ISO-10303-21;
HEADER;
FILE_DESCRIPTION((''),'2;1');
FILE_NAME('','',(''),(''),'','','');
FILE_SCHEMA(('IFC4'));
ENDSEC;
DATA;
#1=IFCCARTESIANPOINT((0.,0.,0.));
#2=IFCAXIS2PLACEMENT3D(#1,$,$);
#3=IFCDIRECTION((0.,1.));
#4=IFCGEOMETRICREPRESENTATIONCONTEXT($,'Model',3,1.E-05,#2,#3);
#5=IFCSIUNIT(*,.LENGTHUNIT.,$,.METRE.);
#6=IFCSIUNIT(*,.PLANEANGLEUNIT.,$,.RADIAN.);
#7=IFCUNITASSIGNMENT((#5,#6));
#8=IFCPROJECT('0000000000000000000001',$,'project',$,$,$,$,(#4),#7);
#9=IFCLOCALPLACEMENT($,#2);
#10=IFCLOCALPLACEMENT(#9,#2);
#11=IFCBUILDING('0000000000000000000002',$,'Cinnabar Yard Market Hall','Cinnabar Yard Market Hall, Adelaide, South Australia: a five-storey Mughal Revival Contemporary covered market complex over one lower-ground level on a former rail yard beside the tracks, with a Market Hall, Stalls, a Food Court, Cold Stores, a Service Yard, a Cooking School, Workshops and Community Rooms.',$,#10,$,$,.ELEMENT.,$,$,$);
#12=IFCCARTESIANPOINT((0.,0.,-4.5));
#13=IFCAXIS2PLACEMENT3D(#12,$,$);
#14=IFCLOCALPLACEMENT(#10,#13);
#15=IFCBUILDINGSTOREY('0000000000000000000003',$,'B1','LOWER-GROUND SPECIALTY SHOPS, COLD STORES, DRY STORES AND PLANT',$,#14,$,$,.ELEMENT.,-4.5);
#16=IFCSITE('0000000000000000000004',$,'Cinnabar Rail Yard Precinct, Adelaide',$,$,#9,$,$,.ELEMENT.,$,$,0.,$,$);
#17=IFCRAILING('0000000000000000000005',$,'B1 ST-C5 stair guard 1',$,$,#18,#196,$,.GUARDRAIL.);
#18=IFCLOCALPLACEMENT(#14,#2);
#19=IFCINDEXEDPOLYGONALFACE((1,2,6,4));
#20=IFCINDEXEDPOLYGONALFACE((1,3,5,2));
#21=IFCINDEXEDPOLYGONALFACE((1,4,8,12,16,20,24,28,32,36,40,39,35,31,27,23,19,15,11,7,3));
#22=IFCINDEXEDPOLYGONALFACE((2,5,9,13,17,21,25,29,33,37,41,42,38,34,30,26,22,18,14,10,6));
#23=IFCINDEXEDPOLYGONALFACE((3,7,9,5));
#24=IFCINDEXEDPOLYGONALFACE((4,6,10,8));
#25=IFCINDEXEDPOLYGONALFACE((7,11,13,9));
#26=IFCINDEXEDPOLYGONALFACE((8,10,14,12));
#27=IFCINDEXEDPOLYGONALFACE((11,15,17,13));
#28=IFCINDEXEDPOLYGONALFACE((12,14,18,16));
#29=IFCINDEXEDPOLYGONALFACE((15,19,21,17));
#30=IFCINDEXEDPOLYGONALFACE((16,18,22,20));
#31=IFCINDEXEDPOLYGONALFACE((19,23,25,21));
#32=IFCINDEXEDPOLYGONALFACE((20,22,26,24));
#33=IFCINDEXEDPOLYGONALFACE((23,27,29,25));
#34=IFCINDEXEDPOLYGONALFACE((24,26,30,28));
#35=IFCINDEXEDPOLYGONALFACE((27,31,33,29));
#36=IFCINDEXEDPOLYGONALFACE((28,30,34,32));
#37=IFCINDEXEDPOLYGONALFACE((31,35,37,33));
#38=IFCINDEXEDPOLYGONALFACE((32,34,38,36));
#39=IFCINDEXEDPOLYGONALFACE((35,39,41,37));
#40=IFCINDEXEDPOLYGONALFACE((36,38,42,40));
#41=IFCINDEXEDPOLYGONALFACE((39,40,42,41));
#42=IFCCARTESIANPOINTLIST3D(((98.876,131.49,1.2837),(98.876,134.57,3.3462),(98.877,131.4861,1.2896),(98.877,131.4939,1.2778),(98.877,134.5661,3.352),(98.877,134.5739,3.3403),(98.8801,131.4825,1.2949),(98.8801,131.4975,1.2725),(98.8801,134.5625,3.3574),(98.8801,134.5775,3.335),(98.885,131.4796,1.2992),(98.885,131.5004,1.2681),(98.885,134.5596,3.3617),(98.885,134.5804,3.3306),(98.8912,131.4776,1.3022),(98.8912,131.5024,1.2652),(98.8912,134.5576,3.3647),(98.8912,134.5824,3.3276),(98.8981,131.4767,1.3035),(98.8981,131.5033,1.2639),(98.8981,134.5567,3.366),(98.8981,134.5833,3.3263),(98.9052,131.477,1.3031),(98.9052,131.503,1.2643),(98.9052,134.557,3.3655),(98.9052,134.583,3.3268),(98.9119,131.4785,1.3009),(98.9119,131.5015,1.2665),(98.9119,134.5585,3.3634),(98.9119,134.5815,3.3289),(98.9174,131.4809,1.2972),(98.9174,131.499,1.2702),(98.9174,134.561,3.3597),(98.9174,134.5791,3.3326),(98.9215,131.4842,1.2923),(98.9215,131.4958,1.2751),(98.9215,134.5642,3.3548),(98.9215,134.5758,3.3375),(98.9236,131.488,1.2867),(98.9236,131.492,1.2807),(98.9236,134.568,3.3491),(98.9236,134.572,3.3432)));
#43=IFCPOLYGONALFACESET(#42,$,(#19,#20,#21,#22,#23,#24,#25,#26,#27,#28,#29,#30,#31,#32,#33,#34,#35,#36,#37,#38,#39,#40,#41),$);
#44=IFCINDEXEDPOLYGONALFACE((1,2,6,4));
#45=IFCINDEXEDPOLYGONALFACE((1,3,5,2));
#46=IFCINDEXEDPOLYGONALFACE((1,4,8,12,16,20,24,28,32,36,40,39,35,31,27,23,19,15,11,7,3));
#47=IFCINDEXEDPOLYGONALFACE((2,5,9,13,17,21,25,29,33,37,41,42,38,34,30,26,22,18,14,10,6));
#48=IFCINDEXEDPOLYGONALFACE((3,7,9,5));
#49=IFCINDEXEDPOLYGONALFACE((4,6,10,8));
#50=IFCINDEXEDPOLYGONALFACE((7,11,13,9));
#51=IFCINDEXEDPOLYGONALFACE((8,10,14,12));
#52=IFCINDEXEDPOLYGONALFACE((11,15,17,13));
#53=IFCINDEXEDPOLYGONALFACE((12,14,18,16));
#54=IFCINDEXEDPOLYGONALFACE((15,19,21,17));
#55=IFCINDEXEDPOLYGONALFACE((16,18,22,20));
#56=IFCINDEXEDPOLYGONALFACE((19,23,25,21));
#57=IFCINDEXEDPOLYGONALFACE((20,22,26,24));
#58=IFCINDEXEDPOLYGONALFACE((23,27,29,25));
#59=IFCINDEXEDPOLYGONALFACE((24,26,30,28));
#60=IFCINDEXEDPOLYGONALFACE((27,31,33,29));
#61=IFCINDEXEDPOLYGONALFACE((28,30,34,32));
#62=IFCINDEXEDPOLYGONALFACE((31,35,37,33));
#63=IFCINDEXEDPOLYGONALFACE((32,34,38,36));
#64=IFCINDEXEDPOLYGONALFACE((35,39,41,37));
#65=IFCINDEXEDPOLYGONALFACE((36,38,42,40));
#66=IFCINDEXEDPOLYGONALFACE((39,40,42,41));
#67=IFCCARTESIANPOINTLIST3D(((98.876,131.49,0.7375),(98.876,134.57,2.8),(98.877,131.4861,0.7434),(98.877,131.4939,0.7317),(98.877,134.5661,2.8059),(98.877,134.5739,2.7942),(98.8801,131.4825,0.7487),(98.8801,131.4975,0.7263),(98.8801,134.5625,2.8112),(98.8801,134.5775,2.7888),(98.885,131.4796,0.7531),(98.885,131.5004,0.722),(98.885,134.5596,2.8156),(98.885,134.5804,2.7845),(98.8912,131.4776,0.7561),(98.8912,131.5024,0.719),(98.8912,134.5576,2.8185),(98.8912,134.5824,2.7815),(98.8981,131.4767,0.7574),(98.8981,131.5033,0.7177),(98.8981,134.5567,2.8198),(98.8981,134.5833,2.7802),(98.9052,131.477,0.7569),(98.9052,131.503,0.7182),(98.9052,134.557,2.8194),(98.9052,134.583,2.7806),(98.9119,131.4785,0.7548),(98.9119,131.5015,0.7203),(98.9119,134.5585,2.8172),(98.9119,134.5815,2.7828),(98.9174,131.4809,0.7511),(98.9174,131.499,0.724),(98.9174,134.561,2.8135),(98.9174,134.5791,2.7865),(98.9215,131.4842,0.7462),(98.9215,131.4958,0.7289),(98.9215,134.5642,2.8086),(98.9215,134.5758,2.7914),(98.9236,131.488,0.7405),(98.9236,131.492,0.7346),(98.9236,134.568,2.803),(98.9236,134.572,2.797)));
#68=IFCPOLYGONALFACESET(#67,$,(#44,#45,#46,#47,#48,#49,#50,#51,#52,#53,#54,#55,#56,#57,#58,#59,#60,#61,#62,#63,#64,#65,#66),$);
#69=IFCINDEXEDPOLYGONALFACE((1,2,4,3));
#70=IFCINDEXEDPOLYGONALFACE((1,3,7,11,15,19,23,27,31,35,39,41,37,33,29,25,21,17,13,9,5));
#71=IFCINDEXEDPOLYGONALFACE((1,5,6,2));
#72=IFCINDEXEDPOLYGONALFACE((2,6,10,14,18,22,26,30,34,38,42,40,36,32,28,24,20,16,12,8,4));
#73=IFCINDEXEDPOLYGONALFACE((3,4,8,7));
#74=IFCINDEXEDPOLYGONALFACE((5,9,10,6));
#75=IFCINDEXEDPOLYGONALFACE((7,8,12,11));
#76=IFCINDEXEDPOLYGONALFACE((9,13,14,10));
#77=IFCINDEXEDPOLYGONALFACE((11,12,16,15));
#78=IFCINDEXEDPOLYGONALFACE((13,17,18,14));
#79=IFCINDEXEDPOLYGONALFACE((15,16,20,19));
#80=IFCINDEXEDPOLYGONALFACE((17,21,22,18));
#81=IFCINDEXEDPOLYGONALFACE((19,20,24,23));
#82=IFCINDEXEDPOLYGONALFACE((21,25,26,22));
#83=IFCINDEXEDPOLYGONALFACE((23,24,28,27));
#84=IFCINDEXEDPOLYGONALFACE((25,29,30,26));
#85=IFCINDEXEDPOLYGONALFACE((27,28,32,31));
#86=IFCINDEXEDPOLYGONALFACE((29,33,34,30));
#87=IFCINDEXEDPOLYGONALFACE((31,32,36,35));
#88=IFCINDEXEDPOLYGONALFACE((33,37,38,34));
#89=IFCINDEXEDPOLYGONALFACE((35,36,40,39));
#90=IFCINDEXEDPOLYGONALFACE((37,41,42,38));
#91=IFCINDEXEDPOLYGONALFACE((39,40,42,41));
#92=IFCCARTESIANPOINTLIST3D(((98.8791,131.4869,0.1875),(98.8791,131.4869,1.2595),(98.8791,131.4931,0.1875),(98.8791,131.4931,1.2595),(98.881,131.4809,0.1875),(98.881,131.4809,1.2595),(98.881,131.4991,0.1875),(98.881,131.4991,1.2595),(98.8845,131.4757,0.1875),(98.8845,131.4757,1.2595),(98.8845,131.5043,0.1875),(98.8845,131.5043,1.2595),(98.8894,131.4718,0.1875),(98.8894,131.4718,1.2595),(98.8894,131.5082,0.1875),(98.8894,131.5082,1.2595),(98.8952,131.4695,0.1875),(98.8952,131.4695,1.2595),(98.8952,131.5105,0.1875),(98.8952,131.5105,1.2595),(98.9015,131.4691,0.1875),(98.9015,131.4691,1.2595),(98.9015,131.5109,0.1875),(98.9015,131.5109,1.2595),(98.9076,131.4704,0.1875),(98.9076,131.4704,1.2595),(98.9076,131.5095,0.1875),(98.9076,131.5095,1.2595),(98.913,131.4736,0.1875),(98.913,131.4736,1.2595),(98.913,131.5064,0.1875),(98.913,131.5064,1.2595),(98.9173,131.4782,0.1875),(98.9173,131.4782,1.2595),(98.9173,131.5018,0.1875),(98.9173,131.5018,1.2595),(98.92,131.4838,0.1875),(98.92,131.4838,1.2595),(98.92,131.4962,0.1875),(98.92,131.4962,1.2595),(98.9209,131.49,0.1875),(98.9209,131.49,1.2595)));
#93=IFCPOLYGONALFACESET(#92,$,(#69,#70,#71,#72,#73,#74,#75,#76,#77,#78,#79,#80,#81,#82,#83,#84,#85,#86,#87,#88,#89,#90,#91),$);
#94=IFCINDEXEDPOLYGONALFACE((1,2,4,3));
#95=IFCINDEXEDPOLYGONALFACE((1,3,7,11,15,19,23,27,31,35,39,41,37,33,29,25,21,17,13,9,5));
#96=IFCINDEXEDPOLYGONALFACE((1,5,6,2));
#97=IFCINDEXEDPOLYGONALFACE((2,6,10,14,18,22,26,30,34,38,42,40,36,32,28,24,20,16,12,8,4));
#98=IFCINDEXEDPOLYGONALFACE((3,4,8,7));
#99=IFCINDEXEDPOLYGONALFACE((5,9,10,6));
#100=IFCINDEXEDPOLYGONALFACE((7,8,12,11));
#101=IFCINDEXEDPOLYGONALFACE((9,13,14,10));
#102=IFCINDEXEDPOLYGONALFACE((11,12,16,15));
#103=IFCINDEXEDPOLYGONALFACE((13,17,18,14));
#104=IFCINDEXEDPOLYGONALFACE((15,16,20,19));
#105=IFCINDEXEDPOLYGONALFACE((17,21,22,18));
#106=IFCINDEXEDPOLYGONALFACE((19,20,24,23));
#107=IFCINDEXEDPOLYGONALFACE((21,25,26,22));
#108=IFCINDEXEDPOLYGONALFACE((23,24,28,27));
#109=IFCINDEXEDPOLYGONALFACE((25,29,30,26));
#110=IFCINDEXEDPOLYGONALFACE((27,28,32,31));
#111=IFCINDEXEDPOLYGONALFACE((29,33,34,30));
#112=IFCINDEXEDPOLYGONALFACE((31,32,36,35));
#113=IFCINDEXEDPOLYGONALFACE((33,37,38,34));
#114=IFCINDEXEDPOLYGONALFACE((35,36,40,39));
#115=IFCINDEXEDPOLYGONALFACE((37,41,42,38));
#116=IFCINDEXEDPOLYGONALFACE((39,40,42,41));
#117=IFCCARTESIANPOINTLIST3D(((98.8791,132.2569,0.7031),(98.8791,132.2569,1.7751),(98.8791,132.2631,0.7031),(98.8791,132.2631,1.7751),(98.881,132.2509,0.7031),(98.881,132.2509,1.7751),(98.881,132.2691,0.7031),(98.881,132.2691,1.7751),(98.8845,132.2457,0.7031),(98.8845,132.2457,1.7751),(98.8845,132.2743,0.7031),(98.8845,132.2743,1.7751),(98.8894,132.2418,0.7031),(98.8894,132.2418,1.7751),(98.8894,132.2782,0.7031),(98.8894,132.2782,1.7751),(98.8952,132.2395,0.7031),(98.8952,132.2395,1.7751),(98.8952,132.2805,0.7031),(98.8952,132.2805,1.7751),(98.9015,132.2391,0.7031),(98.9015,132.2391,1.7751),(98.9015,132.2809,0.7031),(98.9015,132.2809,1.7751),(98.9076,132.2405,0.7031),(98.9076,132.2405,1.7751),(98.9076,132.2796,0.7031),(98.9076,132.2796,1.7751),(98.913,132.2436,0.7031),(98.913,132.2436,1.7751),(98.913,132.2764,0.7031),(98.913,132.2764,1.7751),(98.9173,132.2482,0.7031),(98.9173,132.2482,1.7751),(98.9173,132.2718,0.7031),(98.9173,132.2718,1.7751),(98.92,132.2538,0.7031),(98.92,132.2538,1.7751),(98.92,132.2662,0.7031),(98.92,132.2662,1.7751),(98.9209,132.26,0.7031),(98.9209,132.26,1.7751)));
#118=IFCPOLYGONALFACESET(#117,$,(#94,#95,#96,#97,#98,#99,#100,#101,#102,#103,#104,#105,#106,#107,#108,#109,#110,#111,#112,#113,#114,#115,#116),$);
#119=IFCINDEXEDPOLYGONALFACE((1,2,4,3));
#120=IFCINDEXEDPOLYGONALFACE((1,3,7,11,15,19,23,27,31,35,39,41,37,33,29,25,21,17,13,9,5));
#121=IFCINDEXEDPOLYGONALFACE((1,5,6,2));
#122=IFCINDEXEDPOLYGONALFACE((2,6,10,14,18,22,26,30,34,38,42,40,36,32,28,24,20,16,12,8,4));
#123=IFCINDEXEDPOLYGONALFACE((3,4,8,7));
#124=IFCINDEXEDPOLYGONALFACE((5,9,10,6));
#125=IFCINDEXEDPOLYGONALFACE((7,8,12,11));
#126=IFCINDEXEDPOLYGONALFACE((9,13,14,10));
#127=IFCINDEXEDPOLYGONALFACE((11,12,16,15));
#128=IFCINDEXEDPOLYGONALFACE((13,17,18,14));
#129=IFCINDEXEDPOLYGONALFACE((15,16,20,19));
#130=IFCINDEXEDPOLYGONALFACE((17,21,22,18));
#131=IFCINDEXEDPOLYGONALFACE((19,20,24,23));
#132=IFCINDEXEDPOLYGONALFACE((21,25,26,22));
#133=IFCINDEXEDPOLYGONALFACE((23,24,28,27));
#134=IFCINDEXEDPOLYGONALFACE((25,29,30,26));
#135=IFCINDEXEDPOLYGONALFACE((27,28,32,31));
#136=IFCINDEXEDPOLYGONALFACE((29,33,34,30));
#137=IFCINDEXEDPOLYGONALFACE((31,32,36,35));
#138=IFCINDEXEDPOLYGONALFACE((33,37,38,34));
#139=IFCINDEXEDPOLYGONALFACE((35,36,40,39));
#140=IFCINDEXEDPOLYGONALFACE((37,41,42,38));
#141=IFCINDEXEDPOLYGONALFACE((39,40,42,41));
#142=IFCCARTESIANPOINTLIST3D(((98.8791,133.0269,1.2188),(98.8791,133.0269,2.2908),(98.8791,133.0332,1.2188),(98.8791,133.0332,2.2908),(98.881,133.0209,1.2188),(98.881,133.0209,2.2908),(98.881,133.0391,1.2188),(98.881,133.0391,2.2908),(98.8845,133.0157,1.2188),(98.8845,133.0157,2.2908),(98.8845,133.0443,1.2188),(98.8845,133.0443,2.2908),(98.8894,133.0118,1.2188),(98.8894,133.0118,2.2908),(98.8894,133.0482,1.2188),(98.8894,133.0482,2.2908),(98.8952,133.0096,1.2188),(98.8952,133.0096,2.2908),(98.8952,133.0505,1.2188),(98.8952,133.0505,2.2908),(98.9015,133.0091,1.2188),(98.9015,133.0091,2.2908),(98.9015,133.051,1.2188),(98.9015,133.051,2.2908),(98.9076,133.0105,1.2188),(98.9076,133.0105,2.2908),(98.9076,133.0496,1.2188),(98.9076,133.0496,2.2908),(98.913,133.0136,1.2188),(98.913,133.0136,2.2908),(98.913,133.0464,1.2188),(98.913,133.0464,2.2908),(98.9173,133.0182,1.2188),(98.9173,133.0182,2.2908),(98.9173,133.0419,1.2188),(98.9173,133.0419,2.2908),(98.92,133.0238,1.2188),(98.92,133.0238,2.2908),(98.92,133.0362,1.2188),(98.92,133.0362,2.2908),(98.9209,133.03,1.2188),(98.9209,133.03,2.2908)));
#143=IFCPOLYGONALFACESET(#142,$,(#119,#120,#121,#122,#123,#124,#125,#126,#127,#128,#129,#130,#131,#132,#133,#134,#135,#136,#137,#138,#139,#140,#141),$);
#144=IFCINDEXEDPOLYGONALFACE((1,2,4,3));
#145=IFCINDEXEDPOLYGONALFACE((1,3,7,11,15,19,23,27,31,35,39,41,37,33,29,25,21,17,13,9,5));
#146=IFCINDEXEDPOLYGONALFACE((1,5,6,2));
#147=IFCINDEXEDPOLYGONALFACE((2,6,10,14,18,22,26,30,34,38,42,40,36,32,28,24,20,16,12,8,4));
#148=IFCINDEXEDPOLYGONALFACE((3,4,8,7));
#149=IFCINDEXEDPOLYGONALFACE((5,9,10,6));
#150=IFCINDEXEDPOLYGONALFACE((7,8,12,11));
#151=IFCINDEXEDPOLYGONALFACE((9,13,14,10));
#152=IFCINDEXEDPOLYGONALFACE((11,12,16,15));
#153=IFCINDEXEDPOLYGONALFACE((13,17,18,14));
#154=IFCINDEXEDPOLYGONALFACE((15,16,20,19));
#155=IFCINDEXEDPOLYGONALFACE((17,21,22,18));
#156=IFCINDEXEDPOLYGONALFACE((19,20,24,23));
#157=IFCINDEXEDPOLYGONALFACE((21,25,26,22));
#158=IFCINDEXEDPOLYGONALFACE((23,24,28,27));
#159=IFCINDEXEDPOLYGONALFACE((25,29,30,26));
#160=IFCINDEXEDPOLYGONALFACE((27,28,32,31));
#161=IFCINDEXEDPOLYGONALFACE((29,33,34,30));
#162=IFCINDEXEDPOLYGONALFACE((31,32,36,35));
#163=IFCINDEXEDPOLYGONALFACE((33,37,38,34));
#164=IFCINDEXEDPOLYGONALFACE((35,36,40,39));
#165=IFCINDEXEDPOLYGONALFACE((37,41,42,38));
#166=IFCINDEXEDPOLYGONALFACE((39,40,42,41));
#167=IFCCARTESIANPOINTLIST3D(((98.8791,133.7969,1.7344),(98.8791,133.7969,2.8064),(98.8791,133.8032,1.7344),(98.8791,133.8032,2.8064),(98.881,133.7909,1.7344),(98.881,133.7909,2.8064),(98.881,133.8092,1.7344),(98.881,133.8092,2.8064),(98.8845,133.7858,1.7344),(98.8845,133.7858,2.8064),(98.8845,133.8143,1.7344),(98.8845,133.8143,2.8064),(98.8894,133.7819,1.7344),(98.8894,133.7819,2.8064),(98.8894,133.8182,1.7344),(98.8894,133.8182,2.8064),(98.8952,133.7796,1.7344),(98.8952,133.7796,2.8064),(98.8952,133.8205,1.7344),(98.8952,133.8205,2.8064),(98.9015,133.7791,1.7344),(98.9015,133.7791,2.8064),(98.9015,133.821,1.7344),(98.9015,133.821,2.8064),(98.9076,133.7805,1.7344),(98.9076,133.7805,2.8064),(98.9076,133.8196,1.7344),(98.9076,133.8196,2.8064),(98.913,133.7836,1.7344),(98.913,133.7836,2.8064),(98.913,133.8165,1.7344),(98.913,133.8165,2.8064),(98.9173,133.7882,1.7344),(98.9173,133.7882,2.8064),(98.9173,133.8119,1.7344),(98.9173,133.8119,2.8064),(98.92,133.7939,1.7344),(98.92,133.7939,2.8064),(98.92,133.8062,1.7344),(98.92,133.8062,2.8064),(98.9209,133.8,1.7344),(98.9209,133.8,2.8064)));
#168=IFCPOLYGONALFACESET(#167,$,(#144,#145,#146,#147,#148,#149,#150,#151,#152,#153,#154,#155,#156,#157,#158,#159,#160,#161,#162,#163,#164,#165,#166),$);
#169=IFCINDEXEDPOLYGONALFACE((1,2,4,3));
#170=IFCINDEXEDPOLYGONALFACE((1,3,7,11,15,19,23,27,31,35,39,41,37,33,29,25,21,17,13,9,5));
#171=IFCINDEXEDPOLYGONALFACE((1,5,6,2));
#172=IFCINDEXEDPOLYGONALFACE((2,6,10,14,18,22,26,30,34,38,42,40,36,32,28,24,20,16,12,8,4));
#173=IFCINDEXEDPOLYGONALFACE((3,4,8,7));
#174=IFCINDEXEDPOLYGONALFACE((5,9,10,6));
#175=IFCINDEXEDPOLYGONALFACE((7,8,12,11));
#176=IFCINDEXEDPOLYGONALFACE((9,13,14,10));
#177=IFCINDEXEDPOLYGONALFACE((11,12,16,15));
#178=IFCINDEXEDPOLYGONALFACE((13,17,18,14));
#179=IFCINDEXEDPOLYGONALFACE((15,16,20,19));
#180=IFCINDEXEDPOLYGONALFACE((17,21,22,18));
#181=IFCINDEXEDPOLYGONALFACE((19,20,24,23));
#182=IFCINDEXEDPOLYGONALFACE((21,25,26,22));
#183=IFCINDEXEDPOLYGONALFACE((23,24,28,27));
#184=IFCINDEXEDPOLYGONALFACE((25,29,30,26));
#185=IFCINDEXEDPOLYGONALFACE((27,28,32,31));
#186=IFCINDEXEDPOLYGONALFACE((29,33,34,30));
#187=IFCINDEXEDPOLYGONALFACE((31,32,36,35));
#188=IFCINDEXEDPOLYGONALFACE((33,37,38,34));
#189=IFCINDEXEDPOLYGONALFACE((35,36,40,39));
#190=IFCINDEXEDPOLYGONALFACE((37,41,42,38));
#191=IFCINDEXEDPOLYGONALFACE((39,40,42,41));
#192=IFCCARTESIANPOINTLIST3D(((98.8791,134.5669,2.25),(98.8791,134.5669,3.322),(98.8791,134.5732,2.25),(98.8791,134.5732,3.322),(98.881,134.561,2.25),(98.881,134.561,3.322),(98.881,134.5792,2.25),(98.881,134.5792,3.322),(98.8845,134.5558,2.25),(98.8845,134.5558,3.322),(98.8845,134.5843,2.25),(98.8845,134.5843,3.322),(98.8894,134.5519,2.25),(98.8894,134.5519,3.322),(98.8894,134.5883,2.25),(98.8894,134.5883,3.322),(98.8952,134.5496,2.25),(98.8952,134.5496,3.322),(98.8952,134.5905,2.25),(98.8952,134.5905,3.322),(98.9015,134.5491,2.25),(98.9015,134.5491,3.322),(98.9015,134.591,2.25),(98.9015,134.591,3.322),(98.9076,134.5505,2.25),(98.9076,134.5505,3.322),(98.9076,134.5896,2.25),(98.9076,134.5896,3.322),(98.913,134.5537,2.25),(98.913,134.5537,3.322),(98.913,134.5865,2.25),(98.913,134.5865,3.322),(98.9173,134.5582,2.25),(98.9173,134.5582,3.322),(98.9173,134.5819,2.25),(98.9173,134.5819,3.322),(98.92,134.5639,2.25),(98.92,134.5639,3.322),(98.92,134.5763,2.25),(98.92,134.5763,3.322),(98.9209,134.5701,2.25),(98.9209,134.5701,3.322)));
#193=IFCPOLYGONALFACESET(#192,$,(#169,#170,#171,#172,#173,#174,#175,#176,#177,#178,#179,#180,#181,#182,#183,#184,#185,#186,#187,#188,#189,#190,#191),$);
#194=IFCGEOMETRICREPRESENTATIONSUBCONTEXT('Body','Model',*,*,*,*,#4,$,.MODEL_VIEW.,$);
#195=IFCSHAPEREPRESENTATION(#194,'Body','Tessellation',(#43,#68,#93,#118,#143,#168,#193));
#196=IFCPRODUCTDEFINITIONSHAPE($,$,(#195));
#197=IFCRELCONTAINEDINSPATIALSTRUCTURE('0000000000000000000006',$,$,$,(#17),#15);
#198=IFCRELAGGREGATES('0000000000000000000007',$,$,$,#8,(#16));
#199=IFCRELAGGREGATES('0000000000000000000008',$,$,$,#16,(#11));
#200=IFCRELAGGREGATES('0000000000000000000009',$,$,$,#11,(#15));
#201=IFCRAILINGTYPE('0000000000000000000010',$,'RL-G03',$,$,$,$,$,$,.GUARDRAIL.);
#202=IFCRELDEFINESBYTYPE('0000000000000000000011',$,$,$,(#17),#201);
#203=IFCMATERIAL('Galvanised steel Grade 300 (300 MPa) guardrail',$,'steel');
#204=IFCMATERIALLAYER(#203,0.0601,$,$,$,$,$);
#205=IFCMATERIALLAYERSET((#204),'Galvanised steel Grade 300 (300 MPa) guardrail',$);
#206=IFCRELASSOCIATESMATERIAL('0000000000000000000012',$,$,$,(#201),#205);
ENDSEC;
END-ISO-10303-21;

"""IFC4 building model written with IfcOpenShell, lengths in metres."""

from ifc_helpers import new_model, si_unit, direction, frame, origin, origin_2d_with_axis, place, context, subcontext, project, spatial, circle, extrude, material, layer, layer_set, type_object, element, save


model = new_model("IFC4")

# Units and contexts
model_context = context("Model", 3, precision=1e-05, world=origin(), true_north=direction((0.0, 1.0)))
body_context = subcontext(model_context, "Body", "Model", "MODEL_VIEW")
ifc_project = project(units=[si_unit("LENGTHUNIT", "METRE"), si_unit("PLANEANGLEUNIT", "RADIAN")], contexts=[model_context])

# Site, building, storey
site_placement = place(None, origin())
site = spatial("IfcSite", under=ifc_project, at=site_placement, Name="Cinnabar Rail Yard Precinct, Adelaide", CompositionType="ELEMENT", RefElevation=0.0)
building_placement = place(site_placement, origin())
building = spatial("IfcBuilding", under=site, at=building_placement, Name="Cinnabar Yard Market Hall", Description="Cinnabar Yard Market Hall, Adelaide, South Australia: a five-storey Mughal Revival Contemporary covered market complex over one lower-ground level on a former rail yard beside the tracks, with a Market Hall, Stalls, a Food Court, Cold Stores, a Service Yard, a Cooking School, Workshops and Community Rooms.", CompositionType="ELEMENT")
storey_placement = place(building_placement, frame((0.0, 0.0, -4.5)))
storey = spatial("IfcBuildingStorey", under=building, at=storey_placement, Name="B1", Description="LOWER-GROUND SPECIALTY SHOPS, COLD STORES, DRY STORES AND PLANT", CompositionType="ELEMENT", Elevation=-4.5)

# Railing
ifc_material_1 = material(Name="Galvanised steel Grade 300 (300 MPa) guardrail", Category="steel")
ifc_layer_1 = layer(ifc_material_1, 0.0601)
ifc_layer_set_1 = layer_set([ifc_layer_1], Name="Galvanised steel Grade 300 (300 MPa) guardrail")
railing_type_1 = type_object("IfcRailingType", Name="RL-G03", PredefinedType="GUARDRAIL", material=ifc_layer_set_1)
railing_1_placement = place(storey_placement, frame((98.8999, 131.49, 0.1875)))
element("IfcRailing", 1, at=railing_1_placement, inside=storey, type_object=railing_type_1, Name="B1 ST-C5 stair guard 1", PredefinedType="GUARDRAIL", context=body_context, shape_type="SweptSolid", body=[
    extrude(circle(Radius=0.0239, at=origin_2d_with_axis()), frame((0.0, 0.0, 1.0962), z_axis=(0.0, 0.830914, 0.556401), x_axis=(-1.0, 0.0, 0.0)), (0.0, 0.0, 1.0), 3.7068),
    extrude(circle(Radius=0.0239, at=origin_2d_with_axis()), frame((0.0, 0.0, 0.55), z_axis=(0.0, 0.830914, 0.556401), x_axis=(-1.0, 0.0, 0.0)), (0.0, 0.0, 1.0), 3.7068),
    extrude(circle(Radius=0.021, at=origin_2d_with_axis()), origin(), (0.0, 0.0, 1.0), 1.072),
    extrude(circle(Radius=0.021, at=origin_2d_with_axis()), frame((0.0, 0.77, 0.5156)), (0.0, 0.0, 1.0), 1.072),
    extrude(circle(Radius=0.021, at=origin_2d_with_axis()), frame((0.0, 1.54, 1.0312)), (0.0, 0.0, 1.0), 1.072),
    extrude(circle(Radius=0.021, at=origin_2d_with_axis()), frame((0.0, 2.3101, 1.5469)), (0.0, 0.0, 1.0), 1.072),
    extrude(circle(Radius=0.021, at=origin_2d_with_axis()), frame((0.0, 3.0801, 2.0625)), (0.0, 0.0, 1.0), 1.072),
])

save(model, "model.ifc")
